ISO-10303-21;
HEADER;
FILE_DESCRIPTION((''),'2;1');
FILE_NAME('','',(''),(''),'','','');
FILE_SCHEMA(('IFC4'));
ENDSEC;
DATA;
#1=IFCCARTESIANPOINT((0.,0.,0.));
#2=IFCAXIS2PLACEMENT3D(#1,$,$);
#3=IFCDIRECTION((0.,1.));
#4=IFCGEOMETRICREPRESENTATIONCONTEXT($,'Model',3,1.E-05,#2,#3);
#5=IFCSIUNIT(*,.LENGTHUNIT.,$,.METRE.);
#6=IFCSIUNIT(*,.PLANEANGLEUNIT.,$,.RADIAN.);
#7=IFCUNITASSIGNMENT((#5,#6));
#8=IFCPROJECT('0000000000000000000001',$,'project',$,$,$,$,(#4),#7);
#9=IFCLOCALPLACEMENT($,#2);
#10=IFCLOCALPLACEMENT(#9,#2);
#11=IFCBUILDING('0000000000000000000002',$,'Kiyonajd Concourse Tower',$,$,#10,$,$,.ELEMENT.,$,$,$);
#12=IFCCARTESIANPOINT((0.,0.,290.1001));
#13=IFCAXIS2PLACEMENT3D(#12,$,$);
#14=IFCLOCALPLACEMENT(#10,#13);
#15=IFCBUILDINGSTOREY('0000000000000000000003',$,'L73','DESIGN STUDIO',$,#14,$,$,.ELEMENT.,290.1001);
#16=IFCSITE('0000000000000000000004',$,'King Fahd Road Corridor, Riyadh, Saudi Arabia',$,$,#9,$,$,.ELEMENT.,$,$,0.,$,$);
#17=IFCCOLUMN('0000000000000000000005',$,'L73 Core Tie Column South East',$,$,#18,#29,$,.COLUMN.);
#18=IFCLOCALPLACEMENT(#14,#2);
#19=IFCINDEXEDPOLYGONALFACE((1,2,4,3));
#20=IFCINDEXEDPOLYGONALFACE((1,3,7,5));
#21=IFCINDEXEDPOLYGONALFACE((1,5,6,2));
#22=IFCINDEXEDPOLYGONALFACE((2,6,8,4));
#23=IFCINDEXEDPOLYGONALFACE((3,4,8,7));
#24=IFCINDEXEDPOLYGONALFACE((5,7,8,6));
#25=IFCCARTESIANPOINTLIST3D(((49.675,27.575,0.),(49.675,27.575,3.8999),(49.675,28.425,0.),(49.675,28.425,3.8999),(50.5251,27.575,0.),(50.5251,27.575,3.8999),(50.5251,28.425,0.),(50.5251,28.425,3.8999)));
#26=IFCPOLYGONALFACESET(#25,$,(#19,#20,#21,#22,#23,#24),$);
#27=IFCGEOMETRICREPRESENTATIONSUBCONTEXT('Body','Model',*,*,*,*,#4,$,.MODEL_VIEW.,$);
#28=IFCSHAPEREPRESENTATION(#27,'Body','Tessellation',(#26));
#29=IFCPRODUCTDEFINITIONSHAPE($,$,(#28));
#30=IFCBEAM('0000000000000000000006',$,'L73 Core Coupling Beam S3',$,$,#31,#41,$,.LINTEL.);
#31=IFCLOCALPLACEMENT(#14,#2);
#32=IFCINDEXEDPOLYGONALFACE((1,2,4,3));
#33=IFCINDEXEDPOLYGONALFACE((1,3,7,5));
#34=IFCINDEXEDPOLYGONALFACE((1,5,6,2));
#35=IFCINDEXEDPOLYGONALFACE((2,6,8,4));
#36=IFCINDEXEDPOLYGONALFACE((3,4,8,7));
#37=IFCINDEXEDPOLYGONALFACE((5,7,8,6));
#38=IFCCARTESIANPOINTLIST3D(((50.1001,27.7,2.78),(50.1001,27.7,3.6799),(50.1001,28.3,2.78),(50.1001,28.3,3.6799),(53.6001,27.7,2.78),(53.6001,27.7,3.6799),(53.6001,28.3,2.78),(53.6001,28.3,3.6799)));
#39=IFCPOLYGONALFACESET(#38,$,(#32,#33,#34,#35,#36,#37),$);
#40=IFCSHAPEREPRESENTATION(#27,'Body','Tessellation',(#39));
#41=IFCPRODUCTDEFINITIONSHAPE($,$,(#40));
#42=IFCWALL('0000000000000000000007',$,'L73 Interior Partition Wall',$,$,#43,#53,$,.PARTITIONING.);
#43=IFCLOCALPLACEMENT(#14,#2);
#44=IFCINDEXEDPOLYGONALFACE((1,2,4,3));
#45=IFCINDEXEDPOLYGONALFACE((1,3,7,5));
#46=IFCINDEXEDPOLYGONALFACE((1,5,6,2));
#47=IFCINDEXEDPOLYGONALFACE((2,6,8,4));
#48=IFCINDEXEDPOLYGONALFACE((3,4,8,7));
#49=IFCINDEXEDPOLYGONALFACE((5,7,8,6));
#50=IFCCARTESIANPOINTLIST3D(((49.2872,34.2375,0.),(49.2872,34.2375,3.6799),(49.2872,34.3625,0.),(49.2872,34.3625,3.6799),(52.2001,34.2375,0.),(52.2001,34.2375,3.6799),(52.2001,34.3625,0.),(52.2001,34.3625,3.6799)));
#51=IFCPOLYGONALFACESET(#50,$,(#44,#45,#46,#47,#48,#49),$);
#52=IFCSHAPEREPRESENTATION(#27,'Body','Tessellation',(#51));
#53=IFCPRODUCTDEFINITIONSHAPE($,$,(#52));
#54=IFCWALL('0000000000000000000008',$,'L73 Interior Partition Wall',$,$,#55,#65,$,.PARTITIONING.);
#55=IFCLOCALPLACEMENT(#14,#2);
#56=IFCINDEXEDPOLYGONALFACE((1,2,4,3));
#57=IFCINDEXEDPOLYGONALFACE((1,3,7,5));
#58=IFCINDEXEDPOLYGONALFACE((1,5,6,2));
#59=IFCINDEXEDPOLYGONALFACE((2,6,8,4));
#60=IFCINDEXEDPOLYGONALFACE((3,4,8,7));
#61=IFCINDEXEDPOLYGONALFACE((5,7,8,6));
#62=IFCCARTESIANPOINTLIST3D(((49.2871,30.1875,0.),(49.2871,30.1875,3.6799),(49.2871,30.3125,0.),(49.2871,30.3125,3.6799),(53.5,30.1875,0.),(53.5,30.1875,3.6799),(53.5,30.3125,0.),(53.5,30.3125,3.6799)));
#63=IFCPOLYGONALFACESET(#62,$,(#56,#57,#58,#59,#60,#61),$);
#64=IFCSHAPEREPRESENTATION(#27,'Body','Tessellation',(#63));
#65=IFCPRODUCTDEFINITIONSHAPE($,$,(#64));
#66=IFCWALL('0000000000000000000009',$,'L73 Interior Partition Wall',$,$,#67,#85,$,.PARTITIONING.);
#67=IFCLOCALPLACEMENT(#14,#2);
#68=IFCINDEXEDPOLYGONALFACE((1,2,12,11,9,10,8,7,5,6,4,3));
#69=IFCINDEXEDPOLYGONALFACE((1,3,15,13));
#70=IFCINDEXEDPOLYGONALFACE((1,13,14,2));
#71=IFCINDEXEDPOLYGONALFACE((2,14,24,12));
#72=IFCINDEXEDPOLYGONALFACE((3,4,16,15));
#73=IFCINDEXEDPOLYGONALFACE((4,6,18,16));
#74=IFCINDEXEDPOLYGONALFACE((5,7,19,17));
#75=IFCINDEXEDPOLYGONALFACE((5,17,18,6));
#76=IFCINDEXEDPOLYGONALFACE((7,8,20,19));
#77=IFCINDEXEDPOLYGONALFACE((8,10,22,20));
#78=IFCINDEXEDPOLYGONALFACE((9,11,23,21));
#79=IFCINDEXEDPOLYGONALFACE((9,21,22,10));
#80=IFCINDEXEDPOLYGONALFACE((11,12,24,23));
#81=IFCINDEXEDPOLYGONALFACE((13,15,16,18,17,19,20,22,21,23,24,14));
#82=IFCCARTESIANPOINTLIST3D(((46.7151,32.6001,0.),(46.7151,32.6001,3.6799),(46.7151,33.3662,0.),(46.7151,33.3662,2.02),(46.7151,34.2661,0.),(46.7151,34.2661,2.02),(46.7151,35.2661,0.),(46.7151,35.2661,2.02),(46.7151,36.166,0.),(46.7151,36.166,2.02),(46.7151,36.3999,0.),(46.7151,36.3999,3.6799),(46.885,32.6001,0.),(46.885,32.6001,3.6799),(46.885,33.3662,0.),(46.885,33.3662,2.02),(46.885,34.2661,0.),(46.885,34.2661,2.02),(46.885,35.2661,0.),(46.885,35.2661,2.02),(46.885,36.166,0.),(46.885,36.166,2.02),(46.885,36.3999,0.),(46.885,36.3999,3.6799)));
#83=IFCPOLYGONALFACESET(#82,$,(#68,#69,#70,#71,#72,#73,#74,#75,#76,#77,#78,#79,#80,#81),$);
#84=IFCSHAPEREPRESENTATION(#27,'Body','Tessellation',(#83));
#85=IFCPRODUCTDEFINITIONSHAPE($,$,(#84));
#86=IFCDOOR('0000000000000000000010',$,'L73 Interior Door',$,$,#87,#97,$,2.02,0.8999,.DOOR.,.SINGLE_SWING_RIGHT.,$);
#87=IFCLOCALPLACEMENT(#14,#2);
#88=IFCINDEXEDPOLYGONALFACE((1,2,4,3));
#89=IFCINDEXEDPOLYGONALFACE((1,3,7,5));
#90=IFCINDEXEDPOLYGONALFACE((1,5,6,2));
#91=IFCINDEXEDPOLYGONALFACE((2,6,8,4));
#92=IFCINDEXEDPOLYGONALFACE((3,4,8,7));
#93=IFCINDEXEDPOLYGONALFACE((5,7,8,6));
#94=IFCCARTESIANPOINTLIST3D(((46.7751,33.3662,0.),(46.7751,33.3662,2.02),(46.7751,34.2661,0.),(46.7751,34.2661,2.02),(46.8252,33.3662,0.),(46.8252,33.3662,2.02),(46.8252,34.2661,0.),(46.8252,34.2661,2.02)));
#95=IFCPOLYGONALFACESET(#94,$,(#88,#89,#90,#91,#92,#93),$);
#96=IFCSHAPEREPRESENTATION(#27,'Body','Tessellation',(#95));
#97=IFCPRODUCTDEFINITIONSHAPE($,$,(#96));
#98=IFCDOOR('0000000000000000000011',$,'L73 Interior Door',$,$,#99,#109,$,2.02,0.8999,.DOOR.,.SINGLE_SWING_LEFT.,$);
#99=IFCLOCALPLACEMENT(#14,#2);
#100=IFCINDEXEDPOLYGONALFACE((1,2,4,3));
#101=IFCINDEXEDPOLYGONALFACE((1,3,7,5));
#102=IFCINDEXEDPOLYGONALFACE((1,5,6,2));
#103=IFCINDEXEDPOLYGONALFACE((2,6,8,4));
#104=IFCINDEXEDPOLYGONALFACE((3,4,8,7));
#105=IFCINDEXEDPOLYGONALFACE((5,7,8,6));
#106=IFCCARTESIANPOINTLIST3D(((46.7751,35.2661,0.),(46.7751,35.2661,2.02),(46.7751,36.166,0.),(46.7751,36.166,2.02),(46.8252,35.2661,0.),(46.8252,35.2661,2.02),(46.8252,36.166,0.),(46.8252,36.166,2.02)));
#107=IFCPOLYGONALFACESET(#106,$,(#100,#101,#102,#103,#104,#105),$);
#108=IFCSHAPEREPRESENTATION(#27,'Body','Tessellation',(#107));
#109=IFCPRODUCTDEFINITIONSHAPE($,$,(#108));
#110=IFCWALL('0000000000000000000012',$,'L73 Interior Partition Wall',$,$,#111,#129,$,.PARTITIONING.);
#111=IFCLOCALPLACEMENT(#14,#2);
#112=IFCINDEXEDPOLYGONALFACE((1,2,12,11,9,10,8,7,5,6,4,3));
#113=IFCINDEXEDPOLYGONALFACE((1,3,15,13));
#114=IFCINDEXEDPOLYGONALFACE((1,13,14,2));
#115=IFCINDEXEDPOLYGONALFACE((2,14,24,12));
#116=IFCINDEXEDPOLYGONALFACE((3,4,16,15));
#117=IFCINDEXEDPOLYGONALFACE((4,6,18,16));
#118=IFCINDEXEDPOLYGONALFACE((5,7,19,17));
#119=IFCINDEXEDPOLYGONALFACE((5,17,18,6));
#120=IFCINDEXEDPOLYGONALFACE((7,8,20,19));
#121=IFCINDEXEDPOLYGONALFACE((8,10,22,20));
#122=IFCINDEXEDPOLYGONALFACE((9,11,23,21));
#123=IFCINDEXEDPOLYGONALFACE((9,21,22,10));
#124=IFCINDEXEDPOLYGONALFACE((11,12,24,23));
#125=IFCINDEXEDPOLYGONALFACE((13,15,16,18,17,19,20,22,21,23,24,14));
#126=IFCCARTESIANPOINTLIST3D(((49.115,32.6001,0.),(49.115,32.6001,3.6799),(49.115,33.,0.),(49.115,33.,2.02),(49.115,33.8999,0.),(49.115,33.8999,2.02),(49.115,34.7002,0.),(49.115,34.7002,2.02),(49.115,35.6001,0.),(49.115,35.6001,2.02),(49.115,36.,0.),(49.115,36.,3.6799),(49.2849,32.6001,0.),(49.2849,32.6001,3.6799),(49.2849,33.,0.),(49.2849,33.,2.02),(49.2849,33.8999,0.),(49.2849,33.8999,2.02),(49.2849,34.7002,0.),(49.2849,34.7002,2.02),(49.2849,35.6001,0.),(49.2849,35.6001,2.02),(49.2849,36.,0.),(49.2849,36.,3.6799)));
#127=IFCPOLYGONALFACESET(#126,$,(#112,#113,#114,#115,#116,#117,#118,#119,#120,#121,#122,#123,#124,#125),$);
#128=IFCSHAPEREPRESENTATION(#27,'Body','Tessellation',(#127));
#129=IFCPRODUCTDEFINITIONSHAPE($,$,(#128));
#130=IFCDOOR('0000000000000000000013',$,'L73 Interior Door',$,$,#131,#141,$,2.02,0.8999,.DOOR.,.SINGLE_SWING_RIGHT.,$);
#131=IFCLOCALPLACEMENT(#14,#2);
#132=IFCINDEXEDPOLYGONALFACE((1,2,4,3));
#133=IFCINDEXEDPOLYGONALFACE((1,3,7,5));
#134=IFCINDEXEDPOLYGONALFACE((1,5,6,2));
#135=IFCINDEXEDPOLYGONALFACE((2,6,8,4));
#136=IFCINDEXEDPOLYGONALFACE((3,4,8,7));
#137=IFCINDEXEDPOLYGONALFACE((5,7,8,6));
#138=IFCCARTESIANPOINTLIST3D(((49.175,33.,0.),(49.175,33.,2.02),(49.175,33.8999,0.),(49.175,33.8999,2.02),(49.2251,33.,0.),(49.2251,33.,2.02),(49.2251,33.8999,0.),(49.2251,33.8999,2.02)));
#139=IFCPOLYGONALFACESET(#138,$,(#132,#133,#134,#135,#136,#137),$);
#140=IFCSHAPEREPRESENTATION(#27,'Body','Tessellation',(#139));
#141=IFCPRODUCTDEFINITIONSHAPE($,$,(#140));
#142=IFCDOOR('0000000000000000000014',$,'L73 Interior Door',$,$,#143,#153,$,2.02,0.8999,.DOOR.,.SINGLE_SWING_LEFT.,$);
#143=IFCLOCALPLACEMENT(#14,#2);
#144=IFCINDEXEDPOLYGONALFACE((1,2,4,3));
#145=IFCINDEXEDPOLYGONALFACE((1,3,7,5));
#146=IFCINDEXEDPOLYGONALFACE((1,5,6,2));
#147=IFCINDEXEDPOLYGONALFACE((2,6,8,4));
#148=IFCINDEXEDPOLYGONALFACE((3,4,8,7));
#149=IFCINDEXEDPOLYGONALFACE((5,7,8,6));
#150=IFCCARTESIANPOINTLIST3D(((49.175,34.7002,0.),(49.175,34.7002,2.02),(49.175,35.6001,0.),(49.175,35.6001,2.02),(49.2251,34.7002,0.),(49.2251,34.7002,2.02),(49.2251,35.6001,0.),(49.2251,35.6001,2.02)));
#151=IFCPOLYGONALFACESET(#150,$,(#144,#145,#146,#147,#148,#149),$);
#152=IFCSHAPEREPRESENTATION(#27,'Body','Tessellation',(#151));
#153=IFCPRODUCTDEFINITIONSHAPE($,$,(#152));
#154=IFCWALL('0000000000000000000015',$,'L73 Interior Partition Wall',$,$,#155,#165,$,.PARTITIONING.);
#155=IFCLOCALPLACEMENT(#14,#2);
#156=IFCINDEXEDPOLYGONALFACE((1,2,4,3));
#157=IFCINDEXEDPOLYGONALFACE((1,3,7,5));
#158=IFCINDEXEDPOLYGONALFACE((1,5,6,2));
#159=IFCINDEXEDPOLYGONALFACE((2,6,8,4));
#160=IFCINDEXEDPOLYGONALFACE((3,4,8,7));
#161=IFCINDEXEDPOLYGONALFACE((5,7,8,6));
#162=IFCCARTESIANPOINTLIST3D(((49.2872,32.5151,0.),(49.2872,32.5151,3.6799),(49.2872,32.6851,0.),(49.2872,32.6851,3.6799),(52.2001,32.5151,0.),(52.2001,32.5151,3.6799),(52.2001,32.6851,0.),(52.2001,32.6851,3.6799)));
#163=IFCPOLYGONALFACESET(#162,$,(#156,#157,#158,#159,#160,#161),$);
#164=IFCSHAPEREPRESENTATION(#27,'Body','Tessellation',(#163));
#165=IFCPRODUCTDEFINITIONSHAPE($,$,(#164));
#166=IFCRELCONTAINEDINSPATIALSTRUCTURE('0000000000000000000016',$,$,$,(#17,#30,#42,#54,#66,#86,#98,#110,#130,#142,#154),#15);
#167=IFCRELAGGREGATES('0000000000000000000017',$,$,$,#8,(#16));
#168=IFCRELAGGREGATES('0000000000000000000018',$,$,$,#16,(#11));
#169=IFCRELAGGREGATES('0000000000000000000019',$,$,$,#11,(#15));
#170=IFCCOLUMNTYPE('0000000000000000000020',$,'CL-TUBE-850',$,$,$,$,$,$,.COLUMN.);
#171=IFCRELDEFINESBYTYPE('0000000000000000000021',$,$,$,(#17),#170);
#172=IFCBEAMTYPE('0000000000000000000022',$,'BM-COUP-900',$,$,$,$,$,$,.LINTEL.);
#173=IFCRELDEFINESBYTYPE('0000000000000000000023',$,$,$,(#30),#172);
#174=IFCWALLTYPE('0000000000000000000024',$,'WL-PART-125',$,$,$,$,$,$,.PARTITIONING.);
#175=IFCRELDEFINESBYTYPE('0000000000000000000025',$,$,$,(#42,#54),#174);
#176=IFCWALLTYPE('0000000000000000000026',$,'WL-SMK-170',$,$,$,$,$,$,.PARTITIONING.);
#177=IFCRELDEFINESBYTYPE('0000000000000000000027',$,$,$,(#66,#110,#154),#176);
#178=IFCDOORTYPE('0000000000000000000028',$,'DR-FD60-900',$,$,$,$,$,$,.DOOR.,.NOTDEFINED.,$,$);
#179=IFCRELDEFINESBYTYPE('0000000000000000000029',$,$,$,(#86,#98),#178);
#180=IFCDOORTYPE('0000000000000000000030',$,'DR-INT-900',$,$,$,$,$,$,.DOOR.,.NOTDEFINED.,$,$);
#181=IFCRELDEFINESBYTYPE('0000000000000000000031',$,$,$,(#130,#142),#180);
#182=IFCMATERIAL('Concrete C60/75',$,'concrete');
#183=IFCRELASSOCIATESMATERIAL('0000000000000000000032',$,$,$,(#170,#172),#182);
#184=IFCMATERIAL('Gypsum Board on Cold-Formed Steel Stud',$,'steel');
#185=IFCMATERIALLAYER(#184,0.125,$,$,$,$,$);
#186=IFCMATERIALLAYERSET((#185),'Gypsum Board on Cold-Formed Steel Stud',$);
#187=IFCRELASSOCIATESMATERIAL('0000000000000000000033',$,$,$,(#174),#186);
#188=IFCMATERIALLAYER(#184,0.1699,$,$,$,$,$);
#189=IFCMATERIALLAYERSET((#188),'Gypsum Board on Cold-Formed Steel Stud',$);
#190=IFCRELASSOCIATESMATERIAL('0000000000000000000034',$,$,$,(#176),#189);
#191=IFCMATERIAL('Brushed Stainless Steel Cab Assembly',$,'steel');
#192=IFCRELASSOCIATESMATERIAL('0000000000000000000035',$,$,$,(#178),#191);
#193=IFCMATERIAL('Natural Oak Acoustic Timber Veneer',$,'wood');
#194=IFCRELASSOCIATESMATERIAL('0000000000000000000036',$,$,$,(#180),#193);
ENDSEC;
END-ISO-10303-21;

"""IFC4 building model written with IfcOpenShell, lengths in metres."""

from ifc_helpers import new_model, si_unit, direction, frame, frame_2d, origin, origin_2d, place, context, subcontext, project, spatial, rectangle, extrude, material, layer, layer_set, material_profile, profile_set, type_object, element, fill, save


model = new_model("IFC4")

# Units and contexts
model_context = context("Model", 3, precision=1e-05, world=origin(), true_north=direction((0.0, 1.0)))
body_context = subcontext(model_context, "Body", "Model", "MODEL_VIEW")
ifc_project = project(units=[si_unit("LENGTHUNIT", "METRE"), si_unit("PLANEANGLEUNIT", "RADIAN")], contexts=[model_context])

# Site, building, storey
site_placement = place(None, origin())
site = spatial("IfcSite", under=ifc_project, at=site_placement, Name="King Fahd Road Corridor, Riyadh, Saudi Arabia", CompositionType="ELEMENT", RefElevation=0.0)
building_placement = place(site_placement, origin())
building = spatial("IfcBuilding", under=site, at=building_placement, Name="Kiyonajd Concourse Tower", CompositionType="ELEMENT")
storey_placement = place(building_placement, frame((0.0, 0.0, 290.1001)))
storey = spatial("IfcBuildingStorey", under=building, at=storey_placement, Name="L73", Description="DESIGN STUDIO", CompositionType="ELEMENT", Elevation=290.1001)

# Column
ifc_material_1 = material(Name="Concrete C60/75", Category="concrete")
ifc_material_profile_1 = material_profile(ifc_material_1, rectangle(XDim=0.8501, YDim=0.8501, at=origin_2d()), Name="RC-850x850")
ifc_profile_set_1 = profile_set([ifc_material_profile_1], Name="Concrete C60/75")
column_type = type_object("IfcColumnType", Name="CL-TUBE-850", PredefinedType="COLUMN", material=ifc_profile_set_1)
column_placement = place(storey_placement, frame((50.1001, 28.0, 0.0), z_axis=(0.0, 0.0, 1.0), x_axis=(1.0, 0.0, 0.0)))
element("IfcColumn", 1, at=column_placement, inside=storey, type_object=column_type, Name="L73 Core Tie Column South East", PredefinedType="COLUMN", context=body_context, shape_type="SweptSolid", body=[
    extrude(rectangle(XDim=0.8501, YDim=0.8501, at=origin_2d()), origin(), (0.0, 0.0, 1.0), 3.8999),
])

# Beam
ifc_material_profile_2 = material_profile(ifc_material_1, rectangle(XDim=0.6001, YDim=0.8999, at=origin_2d()), Name="RCBM-600x900")
ifc_profile_set_2 = profile_set([ifc_material_profile_2], Name="Concrete C60/75")
beam_type = type_object("IfcBeamType", Name="BM-COUP-900", PredefinedType="LINTEL", material=ifc_profile_set_2)
beam_placement = place(storey_placement, frame((50.1001, 28.0, 3.23), z_axis=(1.0, 0.0, 0.0), x_axis=(0.0, 1.0, 0.0)))
element("IfcBeam", 2, at=beam_placement, inside=storey, type_object=beam_type, Name="L73 Core Coupling Beam S3", PredefinedType="LINTEL", context=body_context, shape_type="SweptSolid", body=[
    extrude(rectangle(XDim=0.6001, YDim=0.8999, at=origin_2d()), origin(), (0.0, 0.0, 1.0), 3.5),
])

# Walls
ifc_material_2 = material(Name="Gypsum Board on Cold-Formed Steel Stud", Category="steel")
ifc_layer_1 = layer(ifc_material_2, 0.125)
ifc_layer_set_1 = layer_set([ifc_layer_1], Name="Gypsum Board on Cold-Formed Steel Stud")
wall_type_1 = type_object("IfcWallType", Name="WL-PART-125", PredefinedType="PARTITIONING", material=ifc_layer_set_1)
wall_1_placement = place(storey_placement, frame((49.2871, 34.3, 0.0), z_axis=(0.0, 0.0, 1.0), x_axis=(1.0, 0.0, 0.0)))
element("IfcWall", 3, at=wall_1_placement, inside=storey, type_object=wall_type_1, Name="L73 Interior Partition Wall", PredefinedType="PARTITIONING", context=body_context, shape_type="SweptSolid", body=[
    extrude(rectangle(XDim=2.9128, YDim=0.125, at=frame_2d((1.4565, 0.0))), origin(), (0.0, 0.0, 1.0), 3.6799),
])
wall_2_placement = place(storey_placement, frame((49.2871, 30.25, 0.0), z_axis=(0.0, 0.0, 1.0), x_axis=(1.0, 0.0, 0.0)))
element("IfcWall", 4, at=wall_2_placement, inside=storey, type_object=wall_type_1, Name="L73 Interior Partition Wall", PredefinedType="PARTITIONING", context=body_context, shape_type="SweptSolid", body=[
    extrude(rectangle(XDim=4.2129, YDim=0.125, at=frame_2d((2.1064, 0.0))), origin(), (0.0, 0.0, 1.0), 3.6799),
])

# Walls, openings, doors
ifc_layer_2 = layer(ifc_material_2, 0.1699)
ifc_layer_set_2 = layer_set([ifc_layer_2], Name="Gypsum Board on Cold-Formed Steel Stud")
wall_type_2 = type_object("IfcWallType", Name="WL-SMK-170", PredefinedType="PARTITIONING", material=ifc_layer_set_2)
wall_3_placement = place(storey_placement, frame((46.8, 32.6001, 0.0), z_axis=(0.0, 0.0, 1.0), x_axis=(0.0, 1.0, 0.0)))
wall_3 = element("IfcWall", 5, at=wall_3_placement, inside=storey, type_object=wall_type_2, Name="L73 Interior Partition Wall", PredefinedType="PARTITIONING", context=body_context, shape_type="SweptSolid", body=[
    extrude(rectangle(XDim=3.7998, YDim=0.1699, at=frame_2d((1.8999, 0.0))), origin(), (0.0, 0.0, 1.0), 3.6799),
])
opening_1_placement = place(wall_3_placement, frame((0.7661, 0.0, 0.0)))
opening_1 = element("IfcOpeningElement", 6, at=opening_1_placement, cuts=wall_3, PredefinedType="OPENING", context=body_context, shape_type="SweptSolid", body=[
    extrude(rectangle(XDim=0.8999, YDim=2.02, at=frame_2d((0.45, 1.01))), frame((0.0, 0.095, 0.0), z_axis=(0.0, -1.0, 0.0), x_axis=(1.0, 0.0, 0.0)), (0.0, 0.0, 1.0), 0.1899),
])
opening_2_placement = place(wall_3_placement, frame((2.666, 0.0, 0.0)))
opening_2 = element("IfcOpeningElement", 7, at=opening_2_placement, cuts=wall_3, PredefinedType="OPENING", context=body_context, shape_type="SweptSolid", body=[
    extrude(rectangle(XDim=0.8999, YDim=2.02, at=frame_2d((0.45, 1.01))), frame((0.0, 0.095, 0.0), z_axis=(0.0, -1.0, 0.0), x_axis=(1.0, 0.0, 0.0)), (0.0, 0.0, 1.0), 0.1899),
])
ifc_material_3 = material(Name="Brushed Stainless Steel Cab Assembly", Category="steel")
door_type_1 = type_object("IfcDoorType", Name="DR-FD60-900", OperationType="NOTDEFINED", PredefinedType="DOOR", material=ifc_material_3)
door_1_placement = place(opening_1_placement, origin())
door_1 = element("IfcDoor", 8, at=door_1_placement, inside=storey, type_object=door_type_1, Name="L73 Interior Door", OperationType="SINGLE_SWING_RIGHT", OverallHeight=2.02, OverallWidth=0.8999, PredefinedType="DOOR", context=body_context, shape_type="SweptSolid", body=[
    extrude(rectangle(XDim=0.8999, YDim=2.02, at=frame_2d((0.45, 1.01))), frame((0.0, 0.0249, 0.0), z_axis=(0.0, -1.0, 0.0), x_axis=(1.0, 0.0, 0.0)), (0.0, 0.0, 1.0), 0.05),
])
fill(opening_1, door_1)
door_2_placement = place(opening_2_placement, origin())
door_2 = element("IfcDoor", 9, at=door_2_placement, inside=storey, type_object=door_type_1, Name="L73 Interior Door", OperationType="SINGLE_SWING_LEFT", OverallHeight=2.02, OverallWidth=0.8999, PredefinedType="DOOR", context=body_context, shape_type="SweptSolid", body=[
    extrude(rectangle(XDim=0.8999, YDim=2.02, at=frame_2d((0.45, 1.01))), frame((0.0, 0.0249, 0.0), z_axis=(0.0, -1.0, 0.0), x_axis=(1.0, 0.0, 0.0)), (0.0, 0.0, 1.0), 0.05),
])
fill(opening_2, door_2)
wall_4_placement = place(storey_placement, frame((49.2, 32.6001, 0.0), z_axis=(0.0, 0.0, 1.0), x_axis=(0.0, 1.0, 0.0)))
wall_4 = element("IfcWall", 10, at=wall_4_placement, inside=storey, type_object=wall_type_2, Name="L73 Interior Partition Wall", PredefinedType="PARTITIONING", context=body_context, shape_type="SweptSolid", body=[
    extrude(rectangle(XDim=3.3999, YDim=0.1699, at=frame_2d((1.7, 0.0))), origin(), (0.0, 0.0, 1.0), 3.6799),
])
opening_3_placement = place(wall_4_placement, frame((0.3999, 0.0, 0.0)))
opening_3 = element("IfcOpeningElement", 11, at=opening_3_placement, cuts=wall_4, PredefinedType="OPENING", context=body_context, shape_type="SweptSolid", body=[
    extrude(rectangle(XDim=0.8999, YDim=2.02, at=frame_2d((0.45, 1.01))), frame((0.0, 0.095, 0.0), z_axis=(0.0, -1.0, 0.0), x_axis=(1.0, 0.0, 0.0)), (0.0, 0.0, 1.0), 0.1899),
])
opening_4_placement = place(wall_4_placement, frame((2.1001, 0.0, 0.0)))
opening_4 = element("IfcOpeningElement", 12, at=opening_4_placement, cuts=wall_4, PredefinedType="OPENING", context=body_context, shape_type="SweptSolid", body=[
    extrude(rectangle(XDim=0.8999, YDim=2.02, at=frame_2d((0.45, 1.01))), frame((0.0, 0.095, 0.0), z_axis=(0.0, -1.0, 0.0), x_axis=(1.0, 0.0, 0.0)), (0.0, 0.0, 1.0), 0.1899),
])
ifc_material_4 = material(Name="Natural Oak Acoustic Timber Veneer", Category="wood")
door_type_2 = type_object("IfcDoorType", Name="DR-INT-900", OperationType="NOTDEFINED", PredefinedType="DOOR", material=ifc_material_4)
door_3_placement = place(opening_3_placement, origin())
door_3 = element("IfcDoor", 13, at=door_3_placement, inside=storey, type_object=door_type_2, Name="L73 Interior Door", OperationType="SINGLE_SWING_RIGHT", OverallHeight=2.02, OverallWidth=0.8999, PredefinedType="DOOR", context=body_context, shape_type="SweptSolid", body=[
    extrude(rectangle(XDim=0.8999, YDim=2.02, at=frame_2d((0.45, 1.01))), frame((0.0, 0.0249, 0.0), z_axis=(0.0, -1.0, 0.0), x_axis=(1.0, 0.0, 0.0)), (0.0, 0.0, 1.0), 0.05),
])
fill(opening_3, door_3)
door_4_placement = place(opening_4_placement, origin())
door_4 = element("IfcDoor", 14, at=door_4_placement, inside=storey, type_object=door_type_2, Name="L73 Interior Door", OperationType="SINGLE_SWING_LEFT", OverallHeight=2.02, OverallWidth=0.8999, PredefinedType="DOOR", context=body_context, shape_type="SweptSolid", body=[
    extrude(rectangle(XDim=0.8999, YDim=2.02, at=frame_2d((0.45, 1.01))), frame((0.0, 0.0249, 0.0), z_axis=(0.0, -1.0, 0.0), x_axis=(1.0, 0.0, 0.0)), (0.0, 0.0, 1.0), 0.05),
])
fill(opening_4, door_4)

# Wall
for number, where, z_axis, x_axis, name in (
    (15, (49.2871, 32.6001, 0.0), (0.0, 0.0, 1.0), (1.0, 0.0, 0.0), "L73 Interior Partition Wall"),
):
    element("IfcWall", number, at=place(storey_placement, frame(where, z_axis=z_axis, x_axis=x_axis)), inside=storey, type_object=wall_type_2, Name=name, PredefinedType="PARTITIONING", context=body_context, shape_type="SweptSolid", body=[
        extrude(rectangle(XDim=2.9128, YDim=0.1699, at=frame_2d((1.4565, 0.0))), origin(), (0.0, 0.0, 1.0), 3.6799),
    ])

save(model, "model.ifc")
